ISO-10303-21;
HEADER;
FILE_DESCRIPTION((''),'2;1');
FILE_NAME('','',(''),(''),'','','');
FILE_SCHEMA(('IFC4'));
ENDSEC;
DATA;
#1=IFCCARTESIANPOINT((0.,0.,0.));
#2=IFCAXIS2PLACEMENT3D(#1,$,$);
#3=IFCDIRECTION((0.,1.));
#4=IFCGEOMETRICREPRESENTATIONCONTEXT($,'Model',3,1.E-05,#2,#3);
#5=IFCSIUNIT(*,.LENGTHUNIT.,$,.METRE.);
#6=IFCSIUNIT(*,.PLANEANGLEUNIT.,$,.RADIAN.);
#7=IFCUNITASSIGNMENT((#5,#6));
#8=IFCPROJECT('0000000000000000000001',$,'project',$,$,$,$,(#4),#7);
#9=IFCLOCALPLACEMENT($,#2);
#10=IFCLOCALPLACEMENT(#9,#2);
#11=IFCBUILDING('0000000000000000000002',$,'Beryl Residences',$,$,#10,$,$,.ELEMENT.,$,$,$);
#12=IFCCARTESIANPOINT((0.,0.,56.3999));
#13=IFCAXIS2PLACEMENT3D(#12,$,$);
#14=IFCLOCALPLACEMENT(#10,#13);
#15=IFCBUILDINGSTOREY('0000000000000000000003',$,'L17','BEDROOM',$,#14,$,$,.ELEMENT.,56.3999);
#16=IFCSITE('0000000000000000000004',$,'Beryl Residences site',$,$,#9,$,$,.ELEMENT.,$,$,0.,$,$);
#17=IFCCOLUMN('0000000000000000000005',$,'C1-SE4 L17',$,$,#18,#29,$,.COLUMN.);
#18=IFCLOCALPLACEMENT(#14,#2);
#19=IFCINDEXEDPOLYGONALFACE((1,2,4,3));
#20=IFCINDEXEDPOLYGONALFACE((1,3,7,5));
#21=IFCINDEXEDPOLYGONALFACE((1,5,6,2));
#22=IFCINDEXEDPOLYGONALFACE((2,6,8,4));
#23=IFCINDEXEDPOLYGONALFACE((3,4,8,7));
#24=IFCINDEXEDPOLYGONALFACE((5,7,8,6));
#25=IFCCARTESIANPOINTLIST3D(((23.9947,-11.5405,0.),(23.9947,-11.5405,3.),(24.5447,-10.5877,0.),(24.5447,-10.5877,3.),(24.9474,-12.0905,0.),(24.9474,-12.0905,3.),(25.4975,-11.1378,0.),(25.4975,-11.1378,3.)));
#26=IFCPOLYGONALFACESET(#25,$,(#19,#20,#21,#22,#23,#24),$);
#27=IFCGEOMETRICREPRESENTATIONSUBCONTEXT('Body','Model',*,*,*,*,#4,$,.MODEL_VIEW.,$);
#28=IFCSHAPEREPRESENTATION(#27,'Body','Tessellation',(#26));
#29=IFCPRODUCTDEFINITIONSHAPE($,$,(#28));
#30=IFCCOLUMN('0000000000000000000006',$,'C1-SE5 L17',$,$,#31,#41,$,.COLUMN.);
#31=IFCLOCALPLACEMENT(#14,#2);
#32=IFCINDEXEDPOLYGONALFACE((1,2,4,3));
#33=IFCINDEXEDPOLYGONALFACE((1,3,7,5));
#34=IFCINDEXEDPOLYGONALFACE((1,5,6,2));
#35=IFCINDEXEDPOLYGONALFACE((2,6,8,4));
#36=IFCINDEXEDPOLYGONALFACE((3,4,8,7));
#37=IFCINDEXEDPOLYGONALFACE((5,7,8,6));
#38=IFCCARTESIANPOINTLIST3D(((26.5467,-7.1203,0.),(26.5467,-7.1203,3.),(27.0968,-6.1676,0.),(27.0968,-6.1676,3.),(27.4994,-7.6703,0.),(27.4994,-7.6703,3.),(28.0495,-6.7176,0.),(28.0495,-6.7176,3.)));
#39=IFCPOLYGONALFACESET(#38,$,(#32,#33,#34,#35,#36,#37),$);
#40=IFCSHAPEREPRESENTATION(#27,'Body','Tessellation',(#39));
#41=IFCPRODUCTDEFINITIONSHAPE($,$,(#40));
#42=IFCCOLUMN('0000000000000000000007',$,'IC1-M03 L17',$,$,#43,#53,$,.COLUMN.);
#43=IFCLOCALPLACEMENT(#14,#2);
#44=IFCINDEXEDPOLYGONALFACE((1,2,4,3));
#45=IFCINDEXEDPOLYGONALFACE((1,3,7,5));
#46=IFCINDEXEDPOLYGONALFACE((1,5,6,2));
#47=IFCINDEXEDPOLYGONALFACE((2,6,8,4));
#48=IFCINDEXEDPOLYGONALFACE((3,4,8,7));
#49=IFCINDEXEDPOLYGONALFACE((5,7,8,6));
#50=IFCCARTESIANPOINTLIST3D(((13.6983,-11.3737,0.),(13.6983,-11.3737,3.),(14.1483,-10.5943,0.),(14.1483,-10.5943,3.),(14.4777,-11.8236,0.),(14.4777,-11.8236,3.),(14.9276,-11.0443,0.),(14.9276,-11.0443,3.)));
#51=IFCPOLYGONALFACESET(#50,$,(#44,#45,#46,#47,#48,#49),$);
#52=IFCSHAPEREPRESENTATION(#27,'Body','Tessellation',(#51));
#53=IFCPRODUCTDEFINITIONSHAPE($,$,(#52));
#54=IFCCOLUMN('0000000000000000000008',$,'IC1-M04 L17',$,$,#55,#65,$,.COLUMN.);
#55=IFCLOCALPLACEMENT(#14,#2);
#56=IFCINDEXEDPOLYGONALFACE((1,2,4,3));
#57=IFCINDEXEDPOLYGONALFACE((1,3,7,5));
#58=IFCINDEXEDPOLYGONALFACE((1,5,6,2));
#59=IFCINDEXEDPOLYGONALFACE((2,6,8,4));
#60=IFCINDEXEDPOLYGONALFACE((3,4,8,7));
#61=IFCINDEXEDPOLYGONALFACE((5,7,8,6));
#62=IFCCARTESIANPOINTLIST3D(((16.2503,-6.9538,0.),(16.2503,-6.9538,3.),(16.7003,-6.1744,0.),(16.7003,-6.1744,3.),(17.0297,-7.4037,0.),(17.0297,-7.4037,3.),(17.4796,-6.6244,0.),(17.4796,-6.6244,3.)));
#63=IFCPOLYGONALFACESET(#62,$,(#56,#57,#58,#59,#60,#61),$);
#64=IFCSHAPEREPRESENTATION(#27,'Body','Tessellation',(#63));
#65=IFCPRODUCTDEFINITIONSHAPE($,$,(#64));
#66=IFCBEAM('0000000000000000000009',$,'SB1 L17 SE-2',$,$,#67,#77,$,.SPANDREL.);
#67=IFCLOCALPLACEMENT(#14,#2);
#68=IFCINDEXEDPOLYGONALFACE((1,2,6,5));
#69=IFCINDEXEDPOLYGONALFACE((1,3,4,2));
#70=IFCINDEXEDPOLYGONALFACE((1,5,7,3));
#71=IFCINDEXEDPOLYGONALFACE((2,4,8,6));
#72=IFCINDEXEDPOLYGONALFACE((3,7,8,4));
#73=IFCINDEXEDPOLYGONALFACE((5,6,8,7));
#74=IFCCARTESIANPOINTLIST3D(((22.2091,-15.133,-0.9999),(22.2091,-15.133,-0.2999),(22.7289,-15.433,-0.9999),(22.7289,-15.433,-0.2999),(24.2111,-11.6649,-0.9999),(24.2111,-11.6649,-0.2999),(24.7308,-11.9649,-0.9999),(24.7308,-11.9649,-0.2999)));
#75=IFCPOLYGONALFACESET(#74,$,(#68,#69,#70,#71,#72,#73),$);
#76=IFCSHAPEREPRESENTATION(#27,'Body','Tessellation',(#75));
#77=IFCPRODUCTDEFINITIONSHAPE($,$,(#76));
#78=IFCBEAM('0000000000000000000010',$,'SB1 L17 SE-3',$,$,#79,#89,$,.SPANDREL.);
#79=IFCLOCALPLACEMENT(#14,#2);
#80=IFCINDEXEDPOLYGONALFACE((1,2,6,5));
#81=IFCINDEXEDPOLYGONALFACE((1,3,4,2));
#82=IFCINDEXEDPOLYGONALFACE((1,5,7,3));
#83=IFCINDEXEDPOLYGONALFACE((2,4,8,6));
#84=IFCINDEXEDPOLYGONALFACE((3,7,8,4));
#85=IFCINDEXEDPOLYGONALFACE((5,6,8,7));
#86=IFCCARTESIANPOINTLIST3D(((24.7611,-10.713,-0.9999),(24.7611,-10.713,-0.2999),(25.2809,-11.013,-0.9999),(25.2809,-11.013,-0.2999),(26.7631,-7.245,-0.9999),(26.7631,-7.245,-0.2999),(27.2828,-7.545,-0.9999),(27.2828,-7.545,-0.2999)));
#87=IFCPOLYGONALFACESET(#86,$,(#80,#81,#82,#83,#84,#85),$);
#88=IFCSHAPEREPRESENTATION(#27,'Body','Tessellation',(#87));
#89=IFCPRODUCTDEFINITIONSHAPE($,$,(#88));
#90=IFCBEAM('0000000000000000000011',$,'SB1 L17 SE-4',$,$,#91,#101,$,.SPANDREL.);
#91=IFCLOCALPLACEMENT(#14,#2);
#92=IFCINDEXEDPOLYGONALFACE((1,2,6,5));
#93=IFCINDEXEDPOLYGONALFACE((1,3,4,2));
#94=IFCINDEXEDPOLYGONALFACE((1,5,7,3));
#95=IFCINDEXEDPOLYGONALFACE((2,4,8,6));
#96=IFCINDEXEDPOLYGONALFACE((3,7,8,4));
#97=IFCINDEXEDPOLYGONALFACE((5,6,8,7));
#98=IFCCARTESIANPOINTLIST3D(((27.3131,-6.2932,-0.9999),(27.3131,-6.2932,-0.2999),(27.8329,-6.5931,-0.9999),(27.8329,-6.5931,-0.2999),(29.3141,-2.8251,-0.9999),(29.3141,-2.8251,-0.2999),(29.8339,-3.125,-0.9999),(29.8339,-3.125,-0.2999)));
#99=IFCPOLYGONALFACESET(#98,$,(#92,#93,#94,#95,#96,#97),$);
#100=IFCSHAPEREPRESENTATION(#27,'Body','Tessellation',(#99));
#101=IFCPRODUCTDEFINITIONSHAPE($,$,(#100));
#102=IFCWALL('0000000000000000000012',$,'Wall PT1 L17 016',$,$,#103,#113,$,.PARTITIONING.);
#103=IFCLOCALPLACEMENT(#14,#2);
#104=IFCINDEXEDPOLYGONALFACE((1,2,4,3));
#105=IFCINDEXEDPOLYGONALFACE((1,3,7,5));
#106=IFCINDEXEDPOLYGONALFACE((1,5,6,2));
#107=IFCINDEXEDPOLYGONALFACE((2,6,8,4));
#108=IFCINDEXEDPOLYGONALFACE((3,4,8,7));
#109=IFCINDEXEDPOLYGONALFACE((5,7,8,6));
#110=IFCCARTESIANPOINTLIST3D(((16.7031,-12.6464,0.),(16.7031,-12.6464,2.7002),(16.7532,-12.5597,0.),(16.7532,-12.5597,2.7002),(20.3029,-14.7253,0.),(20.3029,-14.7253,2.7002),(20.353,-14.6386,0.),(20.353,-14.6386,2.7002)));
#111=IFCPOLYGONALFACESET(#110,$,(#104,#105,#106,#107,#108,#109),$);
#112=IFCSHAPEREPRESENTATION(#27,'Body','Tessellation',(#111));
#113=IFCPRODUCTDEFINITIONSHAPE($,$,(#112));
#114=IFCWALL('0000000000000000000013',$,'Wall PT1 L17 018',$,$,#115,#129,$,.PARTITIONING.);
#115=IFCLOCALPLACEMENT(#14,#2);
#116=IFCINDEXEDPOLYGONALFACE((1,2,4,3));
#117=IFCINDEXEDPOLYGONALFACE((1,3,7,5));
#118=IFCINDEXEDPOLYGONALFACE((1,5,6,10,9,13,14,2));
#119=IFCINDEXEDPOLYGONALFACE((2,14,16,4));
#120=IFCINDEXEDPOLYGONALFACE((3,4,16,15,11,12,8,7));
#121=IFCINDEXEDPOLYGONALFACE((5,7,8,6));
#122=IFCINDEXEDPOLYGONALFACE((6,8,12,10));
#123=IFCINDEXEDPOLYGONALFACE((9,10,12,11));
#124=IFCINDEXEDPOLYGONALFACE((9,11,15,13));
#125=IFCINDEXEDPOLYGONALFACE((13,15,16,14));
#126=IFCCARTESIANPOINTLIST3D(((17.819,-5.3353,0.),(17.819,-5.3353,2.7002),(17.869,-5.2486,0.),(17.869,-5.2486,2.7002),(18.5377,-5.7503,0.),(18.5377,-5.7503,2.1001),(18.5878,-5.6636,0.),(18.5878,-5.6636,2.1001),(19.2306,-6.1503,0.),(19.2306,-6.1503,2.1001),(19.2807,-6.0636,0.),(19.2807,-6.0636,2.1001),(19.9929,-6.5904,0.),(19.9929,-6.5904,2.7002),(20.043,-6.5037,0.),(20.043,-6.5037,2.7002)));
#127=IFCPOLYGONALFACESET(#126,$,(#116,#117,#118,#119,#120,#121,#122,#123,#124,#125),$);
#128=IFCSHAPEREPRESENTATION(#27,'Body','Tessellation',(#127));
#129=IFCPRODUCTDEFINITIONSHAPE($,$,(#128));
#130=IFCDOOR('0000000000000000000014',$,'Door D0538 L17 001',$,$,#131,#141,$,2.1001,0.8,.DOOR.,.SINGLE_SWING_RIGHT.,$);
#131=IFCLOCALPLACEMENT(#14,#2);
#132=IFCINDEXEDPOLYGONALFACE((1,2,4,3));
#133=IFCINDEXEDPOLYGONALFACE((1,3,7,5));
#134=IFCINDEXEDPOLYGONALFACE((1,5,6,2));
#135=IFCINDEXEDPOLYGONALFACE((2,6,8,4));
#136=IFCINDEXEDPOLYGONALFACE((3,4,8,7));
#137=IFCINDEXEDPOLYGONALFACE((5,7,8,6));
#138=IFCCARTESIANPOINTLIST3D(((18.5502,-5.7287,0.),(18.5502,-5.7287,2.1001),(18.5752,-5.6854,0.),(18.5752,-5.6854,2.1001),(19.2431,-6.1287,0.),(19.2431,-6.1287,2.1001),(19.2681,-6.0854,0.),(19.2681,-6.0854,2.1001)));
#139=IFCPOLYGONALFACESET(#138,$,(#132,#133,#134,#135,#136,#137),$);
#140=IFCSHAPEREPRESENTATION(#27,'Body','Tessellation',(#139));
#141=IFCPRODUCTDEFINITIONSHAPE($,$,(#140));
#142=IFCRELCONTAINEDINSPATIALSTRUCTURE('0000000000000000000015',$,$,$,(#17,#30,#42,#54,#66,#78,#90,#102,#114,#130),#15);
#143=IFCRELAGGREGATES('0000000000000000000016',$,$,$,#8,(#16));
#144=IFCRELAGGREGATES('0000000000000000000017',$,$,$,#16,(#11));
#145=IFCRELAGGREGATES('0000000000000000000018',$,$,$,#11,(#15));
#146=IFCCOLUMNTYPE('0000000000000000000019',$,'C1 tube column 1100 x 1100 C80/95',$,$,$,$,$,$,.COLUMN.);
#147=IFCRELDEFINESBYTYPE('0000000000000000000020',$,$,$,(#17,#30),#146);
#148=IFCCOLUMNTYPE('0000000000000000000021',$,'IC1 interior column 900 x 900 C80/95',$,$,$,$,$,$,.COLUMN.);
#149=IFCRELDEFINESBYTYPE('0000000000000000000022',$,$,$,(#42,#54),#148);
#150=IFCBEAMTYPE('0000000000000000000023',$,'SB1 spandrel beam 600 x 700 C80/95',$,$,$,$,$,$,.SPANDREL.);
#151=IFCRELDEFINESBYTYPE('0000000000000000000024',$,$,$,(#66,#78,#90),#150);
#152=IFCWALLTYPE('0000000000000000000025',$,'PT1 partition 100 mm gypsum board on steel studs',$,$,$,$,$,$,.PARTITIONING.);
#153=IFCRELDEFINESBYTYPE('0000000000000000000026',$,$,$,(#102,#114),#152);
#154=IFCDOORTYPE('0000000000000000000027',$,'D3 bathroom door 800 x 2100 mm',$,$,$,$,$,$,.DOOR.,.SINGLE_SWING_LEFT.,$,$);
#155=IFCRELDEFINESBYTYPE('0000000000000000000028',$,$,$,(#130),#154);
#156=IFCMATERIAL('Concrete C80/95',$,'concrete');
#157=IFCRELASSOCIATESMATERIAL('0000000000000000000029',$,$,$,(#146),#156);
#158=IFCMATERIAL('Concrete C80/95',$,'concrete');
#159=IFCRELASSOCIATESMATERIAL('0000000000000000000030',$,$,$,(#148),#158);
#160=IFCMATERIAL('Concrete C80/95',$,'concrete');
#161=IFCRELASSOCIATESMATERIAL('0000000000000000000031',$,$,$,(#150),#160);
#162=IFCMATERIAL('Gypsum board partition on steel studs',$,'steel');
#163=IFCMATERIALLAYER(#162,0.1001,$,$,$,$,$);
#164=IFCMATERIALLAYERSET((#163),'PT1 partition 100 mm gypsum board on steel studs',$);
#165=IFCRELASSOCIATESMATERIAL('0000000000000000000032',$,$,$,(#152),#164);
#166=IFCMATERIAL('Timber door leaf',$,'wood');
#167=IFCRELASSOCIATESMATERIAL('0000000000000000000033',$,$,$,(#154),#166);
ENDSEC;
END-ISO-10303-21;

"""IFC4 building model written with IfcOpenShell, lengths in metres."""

from ifc_helpers import new_model, si_unit, direction, frame, frame_2d, origin, origin_2d, place, context, subcontext, project, spatial, rectangle, extrude, material, layer, layer_set, material_profile, profile_set, type_object, element, fill, save


model = new_model("IFC4")

# Units and contexts
model_context = context("Model", 3, precision=1e-05, world=origin(), true_north=direction((0.0, 1.0)))
body_context = subcontext(model_context, "Body", "Model", "MODEL_VIEW")
ifc_project = project(units=[si_unit("LENGTHUNIT", "METRE"), si_unit("PLANEANGLEUNIT", "RADIAN")], contexts=[model_context])

# Site, building, storey
site_placement = place(None, origin())
site = spatial("IfcSite", under=ifc_project, at=site_placement, Name="Beryl Residences site", CompositionType="ELEMENT", RefElevation=0.0)
building_placement = place(site_placement, origin())
building = spatial("IfcBuilding", under=site, at=building_placement, Name="Beryl Residences", CompositionType="ELEMENT")
storey_placement = place(building_placement, frame((0.0, 0.0, 56.3999)))
storey = spatial("IfcBuildingStorey", under=building, at=storey_placement, Name="L17", Description="BEDROOM", CompositionType="ELEMENT", Elevation=56.3999)

# Columns
ifc_material_1 = material(Name="Concrete C80/95", Category="concrete")
ifc_material_profile_1 = material_profile(ifc_material_1, rectangle(XDim=1.1001, YDim=1.1001, at=origin_2d()))
ifc_profile_set_1 = profile_set([ifc_material_profile_1], Name="Concrete C80/95")
column_type_1 = type_object("IfcColumnType", Name="C1 tube column 1100 x 1100 C80/95", PredefinedType="COLUMN", material=ifc_profile_set_1)
for number, where, z_axis, x_axis, name in (
    (1, (24.7461, -11.3391, 0.0), (0.0, 0.0, 1.0), (0.499985, 0.866034, 0.0), "C1-SE4 L17"),
    (2, (27.2981, -6.9189, 0.0), (0.0, 0.0, 1.0), (0.499985, 0.866034, 0.0), "C1-SE5 L17"),
):
    element("IfcColumn", number, at=place(storey_placement, frame(where, z_axis=z_axis, x_axis=x_axis)), inside=storey, type_object=column_type_1, Name=name, PredefinedType="COLUMN", context=body_context, shape_type="SweptSolid", body=[
        extrude(rectangle(XDim=1.1001, YDim=1.1001, at=origin_2d()), origin(), (0.0, 0.0, 1.0), 3.0),
    ])
ifc_material_2 = material(Name="Concrete C80/95", Category="concrete")
ifc_material_profile_2 = material_profile(ifc_material_2, rectangle(XDim=0.8999, YDim=0.8999, at=origin_2d()))
ifc_profile_set_2 = profile_set([ifc_material_profile_2], Name="Concrete C80/95")
column_type_2 = type_object("IfcColumnType", Name="IC1 interior column 900 x 900 C80/95", PredefinedType="COLUMN", material=ifc_profile_set_2)
for number, where, z_axis, x_axis, name in (
    (3, (14.313, -11.209, 0.0), (0.0, 0.0, 1.0), (0.499985, 0.866034, 0.0), "IC1-M03 L17"),
    (4, (16.865, -6.7891, 0.0), (0.0, 0.0, 1.0), (0.499985, 0.866034, 0.0), "IC1-M04 L17"),
):
    element("IfcColumn", number, at=place(storey_placement, frame(where, z_axis=z_axis, x_axis=x_axis)), inside=storey, type_object=column_type_2, Name=name, PredefinedType="COLUMN", context=body_context, shape_type="SweptSolid", body=[
        extrude(rectangle(XDim=0.8999, YDim=0.8999, at=origin_2d()), origin(), (0.0, 0.0, 1.0), 3.0),
    ])

# Beams
ifc_material_3 = material(Name="Concrete C80/95", Category="concrete")
ifc_material_profile_3 = material_profile(ifc_material_3, rectangle(XDim=0.6001, YDim=0.7, at=origin_2d()))
ifc_profile_set_3 = profile_set([ifc_material_profile_3], Name="Concrete C80/95")
beam_type = type_object("IfcBeamType", Name="SB1 spandrel beam 600 x 700 C80/95", PredefinedType="SPANDREL", material=ifc_profile_set_3)
for number, where, z_axis, x_axis, name in (
    (5, (22.469, -15.283, -0.6499), (0.499942, 0.866059, 0.0), (-0.866059, 0.499942, 0.0), "SB1 L17 SE-2"),
    (6, (25.021, -10.863, -0.6499), (0.499942, 0.866059, 0.0), (-0.866059, 0.499942, 0.0), "SB1 L17 SE-3"),
):
    element("IfcBeam", number, at=place(storey_placement, frame(where, z_axis=z_axis, x_axis=x_axis)), inside=storey, type_object=beam_type, Name=name, PredefinedType="SPANDREL", context=body_context, shape_type="SweptSolid", body=[
        extrude(rectangle(XDim=0.6001, YDim=0.7, at=origin_2d()), origin(), (0.0, 0.0, 1.0), 4.0044),
    ])
beam_placement = place(storey_placement, frame((27.573, -6.4431, -0.6499), z_axis=(0.499759, 0.866164, 0.0), x_axis=(-0.866164, 0.499759, 0.0)))
element("IfcBeam", 7, at=beam_placement, inside=storey, type_object=beam_type, Name="SB1 L17 SE-4", PredefinedType="SPANDREL", context=body_context, shape_type="SweptSolid", body=[
    extrude(rectangle(XDim=0.6001, YDim=0.7, at=origin_2d()), origin(), (0.0, 0.0, 1.0), 4.0039),
])

# Wall
ifc_material_4 = material(Name="Gypsum board partition on steel studs", Category="steel")
ifc_layer_1 = layer(ifc_material_4, 0.1001)
ifc_layer_set_1 = layer_set([ifc_layer_1], Name="PT1 partition 100 mm gypsum board on steel studs")
wall_type_1 = type_object("IfcWallType", Name="PT1 partition 100 mm gypsum board on steel studs", PredefinedType="PARTITIONING", material=ifc_layer_set_1)
wall_1_placement = place(storey_placement, frame((16.728, -12.603, 0.0), z_axis=(0.0, 0.0, 1.0), x_axis=(0.865975, -0.500087, 0.0)))
element("IfcWall", 8, at=wall_1_placement, inside=storey, type_object=wall_type_1, Name="Wall PT1 L17 016", PredefinedType="PARTITIONING", context=body_context, shape_type="SweptSolid", body=[
    extrude(rectangle(XDim=4.157, YDim=0.1001, at=frame_2d((2.0786, 0.0))), origin(), (0.0, 0.0, 1.0), 2.7002),
])

# Wall, opening, door
wall_2_placement = place(storey_placement, frame((17.844, -5.292, 0.0), z_axis=(0.0, 0.0, 1.0), x_axis=(0.866038, -0.499978, 0.0)))
wall_2 = element("IfcWall", 9, at=wall_2_placement, inside=storey, type_object=wall_type_1, Name="Wall PT1 L17 018", PredefinedType="PARTITIONING", context=body_context, shape_type="SweptSolid", body=[
    extrude(rectangle(XDim=2.5103, YDim=0.1001, at=frame_2d((1.2551, 0.0))), origin(), (0.0, 0.0, 1.0), 2.7002),
])
opening_1_placement = place(wall_2_placement, frame((0.8301, 0.0, 0.0)))
opening_1 = element("IfcOpeningElement", 10, at=opening_1_placement, cuts=wall_2, PredefinedType="OPENING", context=body_context, shape_type="SweptSolid", body=[
    extrude(rectangle(XDim=0.8, YDim=2.1001, at=frame_2d((0.3999, 1.05))), frame((0.0, 0.0601, 0.0), z_axis=(0.0, -1.0, 0.0), x_axis=(1.0, 0.0, 0.0)), (0.0, 0.0, 1.0), 0.1201),
])
ifc_material_5 = material(Name="Timber door leaf", Category="wood")
door_type_1 = type_object("IfcDoorType", Name="D3 bathroom door 800 x 2100 mm", OperationType="SINGLE_SWING_LEFT", PredefinedType="DOOR", material=ifc_material_5)
door_1_placement = place(opening_1_placement, origin())
door_1 = element("IfcDoor", 11, at=door_1_placement, inside=storey, type_object=door_type_1, Name="Door D0538 L17 001", OperationType="SINGLE_SWING_RIGHT", OverallHeight=2.1001, OverallWidth=0.8, PredefinedType="DOOR", context=body_context, shape_type="SweptSolid", body=[
    extrude(rectangle(XDim=0.8, YDim=2.1001, at=frame_2d((0.3999, 1.05))), frame((0.0, 0.0249, 0.0), z_axis=(0.0, -1.0, 0.0), x_axis=(1.0, 0.0, 0.0)), (0.0, 0.0, 1.0), 0.05),
])
fill(opening_1, door_1)

save(model, "model.ifc")
